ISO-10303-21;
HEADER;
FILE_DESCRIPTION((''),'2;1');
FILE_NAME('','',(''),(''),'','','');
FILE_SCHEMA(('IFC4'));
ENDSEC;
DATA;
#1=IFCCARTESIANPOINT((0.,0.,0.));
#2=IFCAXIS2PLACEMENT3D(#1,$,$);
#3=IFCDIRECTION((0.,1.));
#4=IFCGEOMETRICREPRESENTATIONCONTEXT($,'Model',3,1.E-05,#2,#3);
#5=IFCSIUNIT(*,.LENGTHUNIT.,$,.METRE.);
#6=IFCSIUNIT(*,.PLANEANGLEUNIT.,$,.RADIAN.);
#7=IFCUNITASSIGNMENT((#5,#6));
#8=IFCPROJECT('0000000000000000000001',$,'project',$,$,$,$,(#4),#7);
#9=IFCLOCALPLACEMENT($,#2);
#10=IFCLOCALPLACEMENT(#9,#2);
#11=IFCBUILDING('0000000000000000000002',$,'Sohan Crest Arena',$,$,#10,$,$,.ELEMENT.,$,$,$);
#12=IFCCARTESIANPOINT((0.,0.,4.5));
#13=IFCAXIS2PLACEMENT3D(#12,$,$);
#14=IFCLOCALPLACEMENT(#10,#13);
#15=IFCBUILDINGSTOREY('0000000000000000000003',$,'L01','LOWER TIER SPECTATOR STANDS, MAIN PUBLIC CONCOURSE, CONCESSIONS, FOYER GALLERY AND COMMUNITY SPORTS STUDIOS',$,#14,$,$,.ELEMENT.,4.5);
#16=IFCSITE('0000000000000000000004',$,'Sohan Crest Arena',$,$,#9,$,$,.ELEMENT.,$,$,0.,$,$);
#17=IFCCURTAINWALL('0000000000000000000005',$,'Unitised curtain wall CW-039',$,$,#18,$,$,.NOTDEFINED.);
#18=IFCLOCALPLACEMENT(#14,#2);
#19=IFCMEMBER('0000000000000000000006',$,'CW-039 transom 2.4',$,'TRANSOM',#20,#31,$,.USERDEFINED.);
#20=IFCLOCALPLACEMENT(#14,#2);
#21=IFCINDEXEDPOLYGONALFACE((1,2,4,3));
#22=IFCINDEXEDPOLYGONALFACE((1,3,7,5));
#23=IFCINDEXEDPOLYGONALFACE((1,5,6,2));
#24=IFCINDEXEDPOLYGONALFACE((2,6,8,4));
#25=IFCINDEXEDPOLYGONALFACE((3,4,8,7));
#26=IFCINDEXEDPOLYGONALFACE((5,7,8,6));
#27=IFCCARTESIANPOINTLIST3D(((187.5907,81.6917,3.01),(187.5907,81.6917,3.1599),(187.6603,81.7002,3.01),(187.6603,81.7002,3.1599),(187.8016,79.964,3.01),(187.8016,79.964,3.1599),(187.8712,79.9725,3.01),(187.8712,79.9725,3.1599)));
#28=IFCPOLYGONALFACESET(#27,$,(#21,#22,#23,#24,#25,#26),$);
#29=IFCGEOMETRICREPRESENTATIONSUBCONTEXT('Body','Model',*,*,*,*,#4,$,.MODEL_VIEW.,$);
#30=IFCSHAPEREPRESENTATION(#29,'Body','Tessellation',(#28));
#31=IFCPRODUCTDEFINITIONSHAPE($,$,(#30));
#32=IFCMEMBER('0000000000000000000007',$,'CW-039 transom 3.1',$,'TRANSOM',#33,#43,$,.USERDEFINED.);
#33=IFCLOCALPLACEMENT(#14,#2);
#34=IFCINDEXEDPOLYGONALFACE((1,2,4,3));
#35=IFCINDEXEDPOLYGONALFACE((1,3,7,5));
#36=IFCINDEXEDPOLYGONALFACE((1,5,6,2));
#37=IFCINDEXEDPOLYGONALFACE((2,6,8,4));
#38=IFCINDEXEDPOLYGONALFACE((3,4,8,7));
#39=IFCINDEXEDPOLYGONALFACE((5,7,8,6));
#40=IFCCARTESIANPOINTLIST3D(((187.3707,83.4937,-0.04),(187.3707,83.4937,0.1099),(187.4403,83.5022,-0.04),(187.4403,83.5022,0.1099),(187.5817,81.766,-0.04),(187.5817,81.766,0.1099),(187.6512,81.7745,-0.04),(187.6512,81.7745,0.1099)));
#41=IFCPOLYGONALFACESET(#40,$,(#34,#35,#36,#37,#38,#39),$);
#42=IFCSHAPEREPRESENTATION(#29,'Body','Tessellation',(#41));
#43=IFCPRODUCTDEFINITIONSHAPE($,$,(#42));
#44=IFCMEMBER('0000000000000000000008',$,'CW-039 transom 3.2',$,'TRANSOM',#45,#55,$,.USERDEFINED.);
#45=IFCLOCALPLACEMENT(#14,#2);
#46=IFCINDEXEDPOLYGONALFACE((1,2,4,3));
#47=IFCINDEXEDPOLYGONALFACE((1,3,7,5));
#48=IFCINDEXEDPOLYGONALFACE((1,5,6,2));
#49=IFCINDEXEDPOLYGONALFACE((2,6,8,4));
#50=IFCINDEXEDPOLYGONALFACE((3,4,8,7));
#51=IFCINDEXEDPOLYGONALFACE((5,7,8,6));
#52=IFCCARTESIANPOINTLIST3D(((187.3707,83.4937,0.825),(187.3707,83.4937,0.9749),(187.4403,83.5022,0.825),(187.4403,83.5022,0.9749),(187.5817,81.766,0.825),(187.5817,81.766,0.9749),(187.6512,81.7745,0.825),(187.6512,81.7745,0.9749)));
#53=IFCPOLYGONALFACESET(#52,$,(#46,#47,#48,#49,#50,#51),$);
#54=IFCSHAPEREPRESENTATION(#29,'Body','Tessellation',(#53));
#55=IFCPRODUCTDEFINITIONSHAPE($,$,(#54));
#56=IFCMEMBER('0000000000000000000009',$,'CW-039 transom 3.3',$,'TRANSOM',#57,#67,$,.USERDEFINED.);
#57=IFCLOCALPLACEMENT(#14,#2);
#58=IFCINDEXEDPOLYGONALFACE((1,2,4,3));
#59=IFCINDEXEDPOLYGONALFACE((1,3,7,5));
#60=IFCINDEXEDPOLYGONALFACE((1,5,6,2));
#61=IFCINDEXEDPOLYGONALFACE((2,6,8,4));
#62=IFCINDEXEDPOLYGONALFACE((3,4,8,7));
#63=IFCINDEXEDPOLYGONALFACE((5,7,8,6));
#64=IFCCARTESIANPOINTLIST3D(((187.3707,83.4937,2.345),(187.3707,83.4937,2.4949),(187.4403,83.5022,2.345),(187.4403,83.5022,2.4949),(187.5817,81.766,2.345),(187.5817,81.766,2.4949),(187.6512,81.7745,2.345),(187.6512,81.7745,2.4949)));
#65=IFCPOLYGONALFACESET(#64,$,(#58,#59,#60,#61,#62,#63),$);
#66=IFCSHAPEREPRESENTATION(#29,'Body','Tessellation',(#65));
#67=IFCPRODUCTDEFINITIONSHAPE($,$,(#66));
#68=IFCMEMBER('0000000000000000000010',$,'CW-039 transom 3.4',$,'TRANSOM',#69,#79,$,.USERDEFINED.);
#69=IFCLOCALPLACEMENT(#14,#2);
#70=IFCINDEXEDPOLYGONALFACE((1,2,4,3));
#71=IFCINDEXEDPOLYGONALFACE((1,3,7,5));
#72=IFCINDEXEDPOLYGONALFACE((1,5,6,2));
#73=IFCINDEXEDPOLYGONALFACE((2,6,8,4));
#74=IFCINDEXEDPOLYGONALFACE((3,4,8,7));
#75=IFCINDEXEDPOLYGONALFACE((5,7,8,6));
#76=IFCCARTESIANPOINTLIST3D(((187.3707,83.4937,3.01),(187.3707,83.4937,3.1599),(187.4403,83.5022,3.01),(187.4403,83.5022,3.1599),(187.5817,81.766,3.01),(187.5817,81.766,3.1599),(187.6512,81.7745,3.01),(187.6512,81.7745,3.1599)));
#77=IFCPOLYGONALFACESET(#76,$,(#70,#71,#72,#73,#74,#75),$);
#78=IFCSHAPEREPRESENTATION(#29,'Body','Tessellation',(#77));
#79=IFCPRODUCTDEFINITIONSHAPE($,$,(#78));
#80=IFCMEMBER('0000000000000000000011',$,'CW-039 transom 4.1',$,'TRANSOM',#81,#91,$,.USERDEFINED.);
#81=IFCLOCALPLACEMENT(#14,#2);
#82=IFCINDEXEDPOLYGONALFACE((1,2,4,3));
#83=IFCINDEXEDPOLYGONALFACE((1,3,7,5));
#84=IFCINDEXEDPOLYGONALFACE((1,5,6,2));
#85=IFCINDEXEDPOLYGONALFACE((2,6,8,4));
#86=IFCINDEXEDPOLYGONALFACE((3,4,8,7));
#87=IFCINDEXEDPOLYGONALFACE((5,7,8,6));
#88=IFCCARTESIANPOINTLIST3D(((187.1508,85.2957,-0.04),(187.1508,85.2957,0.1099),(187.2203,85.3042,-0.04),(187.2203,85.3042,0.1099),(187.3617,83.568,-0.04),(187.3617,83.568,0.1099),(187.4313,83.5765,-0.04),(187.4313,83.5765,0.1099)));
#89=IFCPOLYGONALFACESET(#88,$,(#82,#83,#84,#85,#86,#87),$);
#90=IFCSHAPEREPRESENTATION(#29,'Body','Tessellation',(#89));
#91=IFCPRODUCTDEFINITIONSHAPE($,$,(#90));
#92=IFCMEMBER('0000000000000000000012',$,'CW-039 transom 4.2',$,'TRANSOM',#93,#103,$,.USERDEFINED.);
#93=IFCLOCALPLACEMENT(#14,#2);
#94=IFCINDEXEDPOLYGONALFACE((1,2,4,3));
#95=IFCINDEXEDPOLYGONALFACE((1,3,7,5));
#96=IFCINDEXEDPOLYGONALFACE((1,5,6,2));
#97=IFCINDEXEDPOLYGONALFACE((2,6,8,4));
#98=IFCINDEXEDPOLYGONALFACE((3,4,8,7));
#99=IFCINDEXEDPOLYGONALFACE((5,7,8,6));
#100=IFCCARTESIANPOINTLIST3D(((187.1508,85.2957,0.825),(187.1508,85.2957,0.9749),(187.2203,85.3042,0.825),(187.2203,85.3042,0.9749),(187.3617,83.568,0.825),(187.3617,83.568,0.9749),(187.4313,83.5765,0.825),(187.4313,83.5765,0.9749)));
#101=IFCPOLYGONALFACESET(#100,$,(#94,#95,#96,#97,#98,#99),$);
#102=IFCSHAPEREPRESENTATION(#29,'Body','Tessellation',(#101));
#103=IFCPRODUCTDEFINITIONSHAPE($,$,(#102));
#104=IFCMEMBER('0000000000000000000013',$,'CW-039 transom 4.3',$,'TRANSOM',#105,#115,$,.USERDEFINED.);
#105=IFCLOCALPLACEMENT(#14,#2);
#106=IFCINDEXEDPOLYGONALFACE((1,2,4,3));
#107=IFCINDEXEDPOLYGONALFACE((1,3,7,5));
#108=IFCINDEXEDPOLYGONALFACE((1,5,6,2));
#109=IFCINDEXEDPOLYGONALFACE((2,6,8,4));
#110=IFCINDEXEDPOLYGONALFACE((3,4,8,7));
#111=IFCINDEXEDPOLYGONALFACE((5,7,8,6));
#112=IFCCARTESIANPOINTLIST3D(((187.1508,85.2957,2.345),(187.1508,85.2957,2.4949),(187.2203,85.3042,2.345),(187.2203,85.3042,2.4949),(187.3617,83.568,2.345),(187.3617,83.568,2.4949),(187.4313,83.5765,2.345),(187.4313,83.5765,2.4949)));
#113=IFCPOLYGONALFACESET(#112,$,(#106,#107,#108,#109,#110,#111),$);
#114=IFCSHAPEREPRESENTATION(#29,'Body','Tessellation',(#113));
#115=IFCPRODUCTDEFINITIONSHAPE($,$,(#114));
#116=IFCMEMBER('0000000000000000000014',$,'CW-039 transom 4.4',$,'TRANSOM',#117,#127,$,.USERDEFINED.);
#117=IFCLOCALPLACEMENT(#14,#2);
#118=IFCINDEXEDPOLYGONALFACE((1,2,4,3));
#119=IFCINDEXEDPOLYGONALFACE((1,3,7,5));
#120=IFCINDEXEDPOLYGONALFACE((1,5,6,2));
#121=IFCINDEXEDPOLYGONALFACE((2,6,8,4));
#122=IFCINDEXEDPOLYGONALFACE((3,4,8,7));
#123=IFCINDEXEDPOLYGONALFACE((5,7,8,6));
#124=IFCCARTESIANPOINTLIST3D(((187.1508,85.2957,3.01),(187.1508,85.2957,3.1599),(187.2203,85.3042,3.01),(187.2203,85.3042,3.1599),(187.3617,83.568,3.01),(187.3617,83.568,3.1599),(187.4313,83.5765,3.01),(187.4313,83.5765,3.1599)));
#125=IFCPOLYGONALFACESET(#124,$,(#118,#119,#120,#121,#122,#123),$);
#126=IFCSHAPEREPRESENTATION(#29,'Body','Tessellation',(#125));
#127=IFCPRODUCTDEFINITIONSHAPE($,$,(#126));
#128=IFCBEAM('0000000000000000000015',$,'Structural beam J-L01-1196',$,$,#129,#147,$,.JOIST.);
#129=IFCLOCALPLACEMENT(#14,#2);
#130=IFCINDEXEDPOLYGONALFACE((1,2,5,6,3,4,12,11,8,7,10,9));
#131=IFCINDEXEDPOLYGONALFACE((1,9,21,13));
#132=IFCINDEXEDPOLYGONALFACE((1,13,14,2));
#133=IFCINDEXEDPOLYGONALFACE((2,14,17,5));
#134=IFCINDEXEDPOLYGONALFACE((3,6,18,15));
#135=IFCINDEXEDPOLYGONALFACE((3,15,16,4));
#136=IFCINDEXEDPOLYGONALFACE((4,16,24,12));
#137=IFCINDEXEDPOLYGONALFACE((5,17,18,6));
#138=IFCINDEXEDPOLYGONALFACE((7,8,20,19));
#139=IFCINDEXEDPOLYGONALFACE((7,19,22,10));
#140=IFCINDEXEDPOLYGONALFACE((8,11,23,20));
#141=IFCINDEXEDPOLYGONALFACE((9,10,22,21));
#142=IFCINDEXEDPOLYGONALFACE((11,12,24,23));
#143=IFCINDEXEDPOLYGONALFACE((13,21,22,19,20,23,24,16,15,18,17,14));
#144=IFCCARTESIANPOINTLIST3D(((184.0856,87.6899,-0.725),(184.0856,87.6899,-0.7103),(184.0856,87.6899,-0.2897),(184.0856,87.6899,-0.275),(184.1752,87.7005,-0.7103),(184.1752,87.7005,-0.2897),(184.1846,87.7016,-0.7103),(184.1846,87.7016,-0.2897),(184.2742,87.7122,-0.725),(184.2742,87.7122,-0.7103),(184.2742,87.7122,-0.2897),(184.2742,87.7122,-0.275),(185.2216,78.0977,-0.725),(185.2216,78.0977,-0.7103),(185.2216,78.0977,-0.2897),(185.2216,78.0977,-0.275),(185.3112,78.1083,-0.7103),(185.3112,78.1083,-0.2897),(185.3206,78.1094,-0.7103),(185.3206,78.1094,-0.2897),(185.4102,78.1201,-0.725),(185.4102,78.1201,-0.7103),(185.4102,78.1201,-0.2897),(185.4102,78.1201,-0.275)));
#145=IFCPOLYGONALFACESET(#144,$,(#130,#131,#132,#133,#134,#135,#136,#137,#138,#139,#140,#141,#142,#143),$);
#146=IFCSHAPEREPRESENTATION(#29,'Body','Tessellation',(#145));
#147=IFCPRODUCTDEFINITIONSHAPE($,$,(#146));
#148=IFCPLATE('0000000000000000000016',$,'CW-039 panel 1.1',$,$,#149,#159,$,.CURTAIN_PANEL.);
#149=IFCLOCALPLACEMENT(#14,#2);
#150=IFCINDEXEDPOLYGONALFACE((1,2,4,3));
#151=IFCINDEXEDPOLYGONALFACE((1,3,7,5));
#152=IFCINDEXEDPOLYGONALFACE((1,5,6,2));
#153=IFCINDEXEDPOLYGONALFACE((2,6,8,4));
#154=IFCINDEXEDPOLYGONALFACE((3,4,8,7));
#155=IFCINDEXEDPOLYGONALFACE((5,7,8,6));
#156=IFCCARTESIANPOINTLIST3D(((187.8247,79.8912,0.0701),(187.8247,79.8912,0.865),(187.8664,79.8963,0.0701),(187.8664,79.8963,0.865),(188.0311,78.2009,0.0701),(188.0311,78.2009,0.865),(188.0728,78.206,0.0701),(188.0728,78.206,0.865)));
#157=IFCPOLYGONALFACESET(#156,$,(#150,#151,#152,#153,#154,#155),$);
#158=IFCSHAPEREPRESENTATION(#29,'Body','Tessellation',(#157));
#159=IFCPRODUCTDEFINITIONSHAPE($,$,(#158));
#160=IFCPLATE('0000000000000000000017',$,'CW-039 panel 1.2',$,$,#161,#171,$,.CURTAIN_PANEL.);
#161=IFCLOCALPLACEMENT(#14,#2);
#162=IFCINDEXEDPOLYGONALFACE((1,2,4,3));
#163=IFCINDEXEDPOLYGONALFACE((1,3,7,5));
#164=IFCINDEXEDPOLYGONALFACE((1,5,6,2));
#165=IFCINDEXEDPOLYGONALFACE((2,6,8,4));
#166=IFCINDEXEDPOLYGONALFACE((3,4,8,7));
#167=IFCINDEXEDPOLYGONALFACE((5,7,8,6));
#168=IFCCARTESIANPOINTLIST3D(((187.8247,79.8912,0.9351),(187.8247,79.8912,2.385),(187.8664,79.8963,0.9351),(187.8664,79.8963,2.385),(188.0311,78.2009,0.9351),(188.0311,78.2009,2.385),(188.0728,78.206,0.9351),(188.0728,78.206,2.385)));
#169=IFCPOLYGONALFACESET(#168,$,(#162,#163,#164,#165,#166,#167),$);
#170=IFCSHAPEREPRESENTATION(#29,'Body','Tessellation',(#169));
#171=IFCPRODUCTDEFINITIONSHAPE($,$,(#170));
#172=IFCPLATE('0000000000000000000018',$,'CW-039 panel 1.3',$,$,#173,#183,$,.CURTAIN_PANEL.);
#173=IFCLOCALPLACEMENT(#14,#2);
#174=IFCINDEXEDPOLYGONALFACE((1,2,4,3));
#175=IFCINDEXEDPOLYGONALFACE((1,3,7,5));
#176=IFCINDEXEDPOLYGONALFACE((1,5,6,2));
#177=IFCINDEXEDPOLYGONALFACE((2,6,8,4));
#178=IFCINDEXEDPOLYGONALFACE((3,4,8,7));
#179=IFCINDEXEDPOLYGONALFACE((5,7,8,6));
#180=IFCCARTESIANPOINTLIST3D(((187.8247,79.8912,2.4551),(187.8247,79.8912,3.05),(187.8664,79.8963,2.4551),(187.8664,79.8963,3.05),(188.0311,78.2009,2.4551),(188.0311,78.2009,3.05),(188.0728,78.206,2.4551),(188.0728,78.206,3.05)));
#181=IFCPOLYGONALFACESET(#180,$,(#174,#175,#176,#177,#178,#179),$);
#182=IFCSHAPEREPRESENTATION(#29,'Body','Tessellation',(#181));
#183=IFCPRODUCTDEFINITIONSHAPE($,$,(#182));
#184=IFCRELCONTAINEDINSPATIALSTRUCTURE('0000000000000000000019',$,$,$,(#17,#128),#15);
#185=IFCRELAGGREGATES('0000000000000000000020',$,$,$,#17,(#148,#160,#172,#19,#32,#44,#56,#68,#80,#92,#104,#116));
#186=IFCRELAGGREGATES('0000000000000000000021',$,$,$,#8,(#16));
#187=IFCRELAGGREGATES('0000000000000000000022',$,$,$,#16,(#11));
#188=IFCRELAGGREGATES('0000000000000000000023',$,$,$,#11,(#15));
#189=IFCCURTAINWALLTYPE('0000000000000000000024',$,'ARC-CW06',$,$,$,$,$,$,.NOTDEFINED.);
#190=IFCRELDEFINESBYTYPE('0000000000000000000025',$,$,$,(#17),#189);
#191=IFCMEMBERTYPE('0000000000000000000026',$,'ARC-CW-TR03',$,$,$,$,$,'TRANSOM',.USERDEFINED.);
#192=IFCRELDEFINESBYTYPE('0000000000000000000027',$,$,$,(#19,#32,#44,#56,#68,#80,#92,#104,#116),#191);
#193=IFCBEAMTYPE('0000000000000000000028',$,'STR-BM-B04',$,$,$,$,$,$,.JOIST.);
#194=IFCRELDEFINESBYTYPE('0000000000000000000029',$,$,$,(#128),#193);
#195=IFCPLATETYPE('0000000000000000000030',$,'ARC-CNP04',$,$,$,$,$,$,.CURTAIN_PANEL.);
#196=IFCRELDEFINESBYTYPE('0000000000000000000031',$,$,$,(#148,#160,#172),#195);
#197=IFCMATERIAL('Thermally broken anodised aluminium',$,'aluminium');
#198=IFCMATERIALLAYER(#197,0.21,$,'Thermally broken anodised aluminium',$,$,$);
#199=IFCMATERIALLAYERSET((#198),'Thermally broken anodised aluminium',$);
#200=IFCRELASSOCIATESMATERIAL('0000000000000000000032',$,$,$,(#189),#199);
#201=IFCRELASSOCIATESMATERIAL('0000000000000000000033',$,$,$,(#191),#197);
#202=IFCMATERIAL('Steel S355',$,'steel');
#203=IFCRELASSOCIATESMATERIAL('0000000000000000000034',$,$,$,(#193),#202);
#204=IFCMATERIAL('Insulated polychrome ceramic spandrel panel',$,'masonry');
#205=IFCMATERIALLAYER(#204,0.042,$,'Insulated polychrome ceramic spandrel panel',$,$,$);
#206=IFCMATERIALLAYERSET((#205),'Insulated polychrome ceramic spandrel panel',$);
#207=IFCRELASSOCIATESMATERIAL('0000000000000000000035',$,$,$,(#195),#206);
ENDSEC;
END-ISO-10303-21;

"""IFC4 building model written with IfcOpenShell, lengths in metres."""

from ifc_helpers import new_model, si_unit, direction, frame, origin, origin_2d, place, context, subcontext, project, spatial, rectangle, i_section, extrude, material, layer, layer_set, material_profile, profile_set, type_object, element, aggregate, save


model = new_model("IFC4")

# Units and contexts
model_context = context("Model", 3, precision=1e-05, world=origin(), true_north=direction((0.0, 1.0)))
body_context = subcontext(model_context, "Body", "Model", "MODEL_VIEW")
ifc_project = project(units=[si_unit("LENGTHUNIT", "METRE"), si_unit("PLANEANGLEUNIT", "RADIAN")], contexts=[model_context])

# Site, building, storey
site_placement = place(None, origin())
site = spatial("IfcSite", under=ifc_project, at=site_placement, Name="Sohan Crest Arena", CompositionType="ELEMENT", RefElevation=0.0)
building_placement = place(site_placement, origin())
building = spatial("IfcBuilding", under=site, at=building_placement, Name="Sohan Crest Arena", CompositionType="ELEMENT")
storey_placement = place(building_placement, frame((0.0, 0.0, 4.5)))
storey = spatial("IfcBuildingStorey", under=building, at=storey_placement, Name="L01", Description="LOWER TIER SPECTATOR STANDS, MAIN PUBLIC CONCOURSE, CONCESSIONS, FOYER GALLERY AND COMMUNITY SPORTS STUDIOS", CompositionType="ELEMENT", Elevation=4.5)

# Shared definitions
ifc_material_1 = material(Name="Steel S355", Category="steel")

# Curtain wall, members
ifc_material_2 = material(Name="Thermally broken anodised aluminium", Category="aluminium")
ifc_layer_1 = layer(ifc_material_2, 0.21, Name="Thermally broken anodised aluminium")
ifc_layer_set_1 = layer_set([ifc_layer_1], Name="Thermally broken anodised aluminium")
curtain_wall_type = type_object("IfcCurtainWallType", Name="ARC-CW06", PredefinedType="NOTDEFINED", material=ifc_layer_set_1)
curtain_wall_placement = place(storey_placement, origin())
curtain_wall = element("IfcCurtainWall", 1, at=curtain_wall_placement, inside=storey, type_object=curtain_wall_type, Name="Unitised curtain wall CW-039", PredefinedType="NOTDEFINED")
ifc_material_profile_1 = material_profile(ifc_material_2, rectangle(XDim=0.0701, YDim=0.1499, at=origin_2d()), Name="ALU-TRAN 70x150")
ifc_profile_set_1 = profile_set([ifc_material_profile_1], Name="Thermally broken anodised aluminium")
member_type_1 = type_object("IfcMemberType", Name="ARC-CW-TR03", ElementType="TRANSOM", PredefinedType="USERDEFINED", material=ifc_profile_set_1)
member_1_placement = place(storey_placement, frame((187.8364, 79.9683, 3.085), z_axis=(-0.121203, 0.992628, 0.0), x_axis=(-0.992628, -0.121203, 0.0)))
member_1 = element("IfcMember", 2, at=member_1_placement, type_object=member_type_1, Name="CW-039 transom 2.4", ObjectType="TRANSOM", PredefinedType="USERDEFINED", context=body_context, shape_type="SweptSolid", body=[
    extrude(rectangle(XDim=0.0701, YDim=0.1499, at=origin_2d()), origin(), (0.0, 0.0, 1.0), 1.7405),
])
member_2_placement = place(storey_placement, frame((187.6165, 81.7703, 0.0349), z_axis=(-0.121203, 0.992628, 0.0), x_axis=(-0.992628, -0.121203, 0.0)))
member_2 = element("IfcMember", 3, at=member_2_placement, type_object=member_type_1, Name="CW-039 transom 3.1", ObjectType="TRANSOM", PredefinedType="USERDEFINED", context=body_context, shape_type="SweptSolid", body=[
    extrude(rectangle(XDim=0.0701, YDim=0.1499, at=origin_2d()), origin(), (0.0, 0.0, 1.0), 1.7405),
])
member_3_placement = place(storey_placement, frame((187.6165, 81.7703, 0.8999), z_axis=(-0.121203, 0.992628, 0.0), x_axis=(-0.992628, -0.121203, 0.0)))
member_3 = element("IfcMember", 4, at=member_3_placement, type_object=member_type_1, Name="CW-039 transom 3.2", ObjectType="TRANSOM", PredefinedType="USERDEFINED", context=body_context, shape_type="SweptSolid", body=[
    extrude(rectangle(XDim=0.0701, YDim=0.1499, at=origin_2d()), origin(), (0.0, 0.0, 1.0), 1.7405),
])
member_4_placement = place(storey_placement, frame((187.6165, 81.7703, 2.4199), z_axis=(-0.121203, 0.992628, 0.0), x_axis=(-0.992628, -0.121203, 0.0)))
member_4 = element("IfcMember", 5, at=member_4_placement, type_object=member_type_1, Name="CW-039 transom 3.3", ObjectType="TRANSOM", PredefinedType="USERDEFINED", context=body_context, shape_type="SweptSolid", body=[
    extrude(rectangle(XDim=0.0701, YDim=0.1499, at=origin_2d()), origin(), (0.0, 0.0, 1.0), 1.7405),
])
member_5_placement = place(storey_placement, frame((187.6165, 81.7703, 3.085), z_axis=(-0.121203, 0.992628, 0.0), x_axis=(-0.992628, -0.121203, 0.0)))
member_5 = element("IfcMember", 6, at=member_5_placement, type_object=member_type_1, Name="CW-039 transom 3.4", ObjectType="TRANSOM", PredefinedType="USERDEFINED", context=body_context, shape_type="SweptSolid", body=[
    extrude(rectangle(XDim=0.0701, YDim=0.1499, at=origin_2d()), origin(), (0.0, 0.0, 1.0), 1.7405),
])
member_6_placement = place(storey_placement, frame((187.3965, 83.5723, 0.0349), z_axis=(-0.121203, 0.992628, 0.0), x_axis=(-0.992628, -0.121203, 0.0)))
member_6 = element("IfcMember", 7, at=member_6_placement, type_object=member_type_1, Name="CW-039 transom 4.1", ObjectType="TRANSOM", PredefinedType="USERDEFINED", context=body_context, shape_type="SweptSolid", body=[
    extrude(rectangle(XDim=0.0701, YDim=0.1499, at=origin_2d()), origin(), (0.0, 0.0, 1.0), 1.7405),
])
member_7_placement = place(storey_placement, frame((187.3965, 83.5723, 0.8999), z_axis=(-0.121203, 0.992628, 0.0), x_axis=(-0.992628, -0.121203, 0.0)))
member_7 = element("IfcMember", 8, at=member_7_placement, type_object=member_type_1, Name="CW-039 transom 4.2", ObjectType="TRANSOM", PredefinedType="USERDEFINED", context=body_context, shape_type="SweptSolid", body=[
    extrude(rectangle(XDim=0.0701, YDim=0.1499, at=origin_2d()), origin(), (0.0, 0.0, 1.0), 1.7405),
])
member_8_placement = place(storey_placement, frame((187.3965, 83.5723, 2.4199), z_axis=(-0.121203, 0.992628, 0.0), x_axis=(-0.992628, -0.121203, 0.0)))
member_8 = element("IfcMember", 9, at=member_8_placement, type_object=member_type_1, Name="CW-039 transom 4.3", ObjectType="TRANSOM", PredefinedType="USERDEFINED", context=body_context, shape_type="SweptSolid", body=[
    extrude(rectangle(XDim=0.0701, YDim=0.1499, at=origin_2d()), origin(), (0.0, 0.0, 1.0), 1.7405),
])
member_9_placement = place(storey_placement, frame((187.3965, 83.5723, 3.085), z_axis=(-0.121203, 0.992628, 0.0), x_axis=(-0.992628, -0.121203, 0.0)))
member_9 = element("IfcMember", 10, at=member_9_placement, type_object=member_type_1, Name="CW-039 transom 4.4", ObjectType="TRANSOM", PredefinedType="USERDEFINED", context=body_context, shape_type="SweptSolid", body=[
    extrude(rectangle(XDim=0.0701, YDim=0.1499, at=origin_2d()), origin(), (0.0, 0.0, 1.0), 1.7405),
])

# Beam
ifc_material_profile_2 = material_profile(ifc_material_1, i_section(OverallWidth=0.1899, OverallDepth=0.45, WebThickness=0.0095, FlangeThickness=0.0146, at=origin_2d()), Name="IPE 450")
ifc_profile_set_2 = profile_set([ifc_material_profile_2], Name="Steel S355")
beam_type = type_object("IfcBeamType", Name="STR-BM-B04", PredefinedType="JOIST", material=ifc_profile_set_2)
beam_placement = place(storey_placement, frame((185.3159, 78.1089, -0.5), z_axis=(-0.117608, 0.99306, 0.0), x_axis=(-0.99306, -0.117608, 0.0)))
element("IfcBeam", 11, at=beam_placement, inside=storey, type_object=beam_type, Name="Structural beam J-L01-1196", PredefinedType="JOIST", context=body_context, shape_type="SweptSolid", body=[
    extrude(i_section(OverallWidth=0.1899, OverallDepth=0.45, WebThickness=0.0095, FlangeThickness=0.0146, at=origin_2d()), origin(), (0.0, 0.0, 1.0), 9.6592),
])

# Plates
ifc_material_3 = material(Name="Insulated polychrome ceramic spandrel panel", Category="masonry")
ifc_layer_2 = layer(ifc_material_3, 0.042, Name="Insulated polychrome ceramic spandrel panel")
ifc_layer_set_2 = layer_set([ifc_layer_2], Name="Insulated polychrome ceramic spandrel panel")
plate_type = type_object("IfcPlateType", Name="ARC-CNP04", PredefinedType="CURTAIN_PANEL", material=ifc_layer_set_2)
plate_1_placement = place(storey_placement, frame((187.9487, 79.0486, 0.0701), z_axis=(0.0, 0.0, 1.0), x_axis=(-0.121187, 0.99263, 0.0)))
plate_1 = element("IfcPlate", 12, at=plate_1_placement, type_object=plate_type, Name="CW-039 panel 1.1", PredefinedType="CURTAIN_PANEL", context=body_context, shape_type="SweptSolid", body=[
    extrude(rectangle(XDim=1.7029, YDim=0.042, at=origin_2d()), origin(), (0.0, 0.0, 1.0), 0.7949),
])
plate_2_placement = place(storey_placement, frame((187.9487, 79.0486, 0.9351), z_axis=(0.0, 0.0, 1.0), x_axis=(-0.121187, 0.99263, 0.0)))
plate_2 = element("IfcPlate", 13, at=plate_2_placement, type_object=plate_type, Name="CW-039 panel 1.2", PredefinedType="CURTAIN_PANEL", context=body_context, shape_type="SweptSolid", body=[
    extrude(rectangle(XDim=1.7029, YDim=0.042, at=origin_2d()), origin(), (0.0, 0.0, 1.0), 1.45),
])
plate_3_placement = place(storey_placement, frame((187.9487, 79.0486, 2.4551), z_axis=(0.0, 0.0, 1.0), x_axis=(-0.121187, 0.99263, 0.0)))
plate_3 = element("IfcPlate", 14, at=plate_3_placement, type_object=plate_type, Name="CW-039 panel 1.3", PredefinedType="CURTAIN_PANEL", context=body_context, shape_type="SweptSolid", body=[
    extrude(rectangle(XDim=1.7029, YDim=0.042, at=origin_2d()), origin(), (0.0, 0.0, 1.0), 0.595),
])
aggregate(curtain_wall, [plate_1, plate_2, plate_3, member_1, member_2, member_3, member_4, member_5, member_6, member_7, member_8, member_9])

save(model, "model.ifc")
